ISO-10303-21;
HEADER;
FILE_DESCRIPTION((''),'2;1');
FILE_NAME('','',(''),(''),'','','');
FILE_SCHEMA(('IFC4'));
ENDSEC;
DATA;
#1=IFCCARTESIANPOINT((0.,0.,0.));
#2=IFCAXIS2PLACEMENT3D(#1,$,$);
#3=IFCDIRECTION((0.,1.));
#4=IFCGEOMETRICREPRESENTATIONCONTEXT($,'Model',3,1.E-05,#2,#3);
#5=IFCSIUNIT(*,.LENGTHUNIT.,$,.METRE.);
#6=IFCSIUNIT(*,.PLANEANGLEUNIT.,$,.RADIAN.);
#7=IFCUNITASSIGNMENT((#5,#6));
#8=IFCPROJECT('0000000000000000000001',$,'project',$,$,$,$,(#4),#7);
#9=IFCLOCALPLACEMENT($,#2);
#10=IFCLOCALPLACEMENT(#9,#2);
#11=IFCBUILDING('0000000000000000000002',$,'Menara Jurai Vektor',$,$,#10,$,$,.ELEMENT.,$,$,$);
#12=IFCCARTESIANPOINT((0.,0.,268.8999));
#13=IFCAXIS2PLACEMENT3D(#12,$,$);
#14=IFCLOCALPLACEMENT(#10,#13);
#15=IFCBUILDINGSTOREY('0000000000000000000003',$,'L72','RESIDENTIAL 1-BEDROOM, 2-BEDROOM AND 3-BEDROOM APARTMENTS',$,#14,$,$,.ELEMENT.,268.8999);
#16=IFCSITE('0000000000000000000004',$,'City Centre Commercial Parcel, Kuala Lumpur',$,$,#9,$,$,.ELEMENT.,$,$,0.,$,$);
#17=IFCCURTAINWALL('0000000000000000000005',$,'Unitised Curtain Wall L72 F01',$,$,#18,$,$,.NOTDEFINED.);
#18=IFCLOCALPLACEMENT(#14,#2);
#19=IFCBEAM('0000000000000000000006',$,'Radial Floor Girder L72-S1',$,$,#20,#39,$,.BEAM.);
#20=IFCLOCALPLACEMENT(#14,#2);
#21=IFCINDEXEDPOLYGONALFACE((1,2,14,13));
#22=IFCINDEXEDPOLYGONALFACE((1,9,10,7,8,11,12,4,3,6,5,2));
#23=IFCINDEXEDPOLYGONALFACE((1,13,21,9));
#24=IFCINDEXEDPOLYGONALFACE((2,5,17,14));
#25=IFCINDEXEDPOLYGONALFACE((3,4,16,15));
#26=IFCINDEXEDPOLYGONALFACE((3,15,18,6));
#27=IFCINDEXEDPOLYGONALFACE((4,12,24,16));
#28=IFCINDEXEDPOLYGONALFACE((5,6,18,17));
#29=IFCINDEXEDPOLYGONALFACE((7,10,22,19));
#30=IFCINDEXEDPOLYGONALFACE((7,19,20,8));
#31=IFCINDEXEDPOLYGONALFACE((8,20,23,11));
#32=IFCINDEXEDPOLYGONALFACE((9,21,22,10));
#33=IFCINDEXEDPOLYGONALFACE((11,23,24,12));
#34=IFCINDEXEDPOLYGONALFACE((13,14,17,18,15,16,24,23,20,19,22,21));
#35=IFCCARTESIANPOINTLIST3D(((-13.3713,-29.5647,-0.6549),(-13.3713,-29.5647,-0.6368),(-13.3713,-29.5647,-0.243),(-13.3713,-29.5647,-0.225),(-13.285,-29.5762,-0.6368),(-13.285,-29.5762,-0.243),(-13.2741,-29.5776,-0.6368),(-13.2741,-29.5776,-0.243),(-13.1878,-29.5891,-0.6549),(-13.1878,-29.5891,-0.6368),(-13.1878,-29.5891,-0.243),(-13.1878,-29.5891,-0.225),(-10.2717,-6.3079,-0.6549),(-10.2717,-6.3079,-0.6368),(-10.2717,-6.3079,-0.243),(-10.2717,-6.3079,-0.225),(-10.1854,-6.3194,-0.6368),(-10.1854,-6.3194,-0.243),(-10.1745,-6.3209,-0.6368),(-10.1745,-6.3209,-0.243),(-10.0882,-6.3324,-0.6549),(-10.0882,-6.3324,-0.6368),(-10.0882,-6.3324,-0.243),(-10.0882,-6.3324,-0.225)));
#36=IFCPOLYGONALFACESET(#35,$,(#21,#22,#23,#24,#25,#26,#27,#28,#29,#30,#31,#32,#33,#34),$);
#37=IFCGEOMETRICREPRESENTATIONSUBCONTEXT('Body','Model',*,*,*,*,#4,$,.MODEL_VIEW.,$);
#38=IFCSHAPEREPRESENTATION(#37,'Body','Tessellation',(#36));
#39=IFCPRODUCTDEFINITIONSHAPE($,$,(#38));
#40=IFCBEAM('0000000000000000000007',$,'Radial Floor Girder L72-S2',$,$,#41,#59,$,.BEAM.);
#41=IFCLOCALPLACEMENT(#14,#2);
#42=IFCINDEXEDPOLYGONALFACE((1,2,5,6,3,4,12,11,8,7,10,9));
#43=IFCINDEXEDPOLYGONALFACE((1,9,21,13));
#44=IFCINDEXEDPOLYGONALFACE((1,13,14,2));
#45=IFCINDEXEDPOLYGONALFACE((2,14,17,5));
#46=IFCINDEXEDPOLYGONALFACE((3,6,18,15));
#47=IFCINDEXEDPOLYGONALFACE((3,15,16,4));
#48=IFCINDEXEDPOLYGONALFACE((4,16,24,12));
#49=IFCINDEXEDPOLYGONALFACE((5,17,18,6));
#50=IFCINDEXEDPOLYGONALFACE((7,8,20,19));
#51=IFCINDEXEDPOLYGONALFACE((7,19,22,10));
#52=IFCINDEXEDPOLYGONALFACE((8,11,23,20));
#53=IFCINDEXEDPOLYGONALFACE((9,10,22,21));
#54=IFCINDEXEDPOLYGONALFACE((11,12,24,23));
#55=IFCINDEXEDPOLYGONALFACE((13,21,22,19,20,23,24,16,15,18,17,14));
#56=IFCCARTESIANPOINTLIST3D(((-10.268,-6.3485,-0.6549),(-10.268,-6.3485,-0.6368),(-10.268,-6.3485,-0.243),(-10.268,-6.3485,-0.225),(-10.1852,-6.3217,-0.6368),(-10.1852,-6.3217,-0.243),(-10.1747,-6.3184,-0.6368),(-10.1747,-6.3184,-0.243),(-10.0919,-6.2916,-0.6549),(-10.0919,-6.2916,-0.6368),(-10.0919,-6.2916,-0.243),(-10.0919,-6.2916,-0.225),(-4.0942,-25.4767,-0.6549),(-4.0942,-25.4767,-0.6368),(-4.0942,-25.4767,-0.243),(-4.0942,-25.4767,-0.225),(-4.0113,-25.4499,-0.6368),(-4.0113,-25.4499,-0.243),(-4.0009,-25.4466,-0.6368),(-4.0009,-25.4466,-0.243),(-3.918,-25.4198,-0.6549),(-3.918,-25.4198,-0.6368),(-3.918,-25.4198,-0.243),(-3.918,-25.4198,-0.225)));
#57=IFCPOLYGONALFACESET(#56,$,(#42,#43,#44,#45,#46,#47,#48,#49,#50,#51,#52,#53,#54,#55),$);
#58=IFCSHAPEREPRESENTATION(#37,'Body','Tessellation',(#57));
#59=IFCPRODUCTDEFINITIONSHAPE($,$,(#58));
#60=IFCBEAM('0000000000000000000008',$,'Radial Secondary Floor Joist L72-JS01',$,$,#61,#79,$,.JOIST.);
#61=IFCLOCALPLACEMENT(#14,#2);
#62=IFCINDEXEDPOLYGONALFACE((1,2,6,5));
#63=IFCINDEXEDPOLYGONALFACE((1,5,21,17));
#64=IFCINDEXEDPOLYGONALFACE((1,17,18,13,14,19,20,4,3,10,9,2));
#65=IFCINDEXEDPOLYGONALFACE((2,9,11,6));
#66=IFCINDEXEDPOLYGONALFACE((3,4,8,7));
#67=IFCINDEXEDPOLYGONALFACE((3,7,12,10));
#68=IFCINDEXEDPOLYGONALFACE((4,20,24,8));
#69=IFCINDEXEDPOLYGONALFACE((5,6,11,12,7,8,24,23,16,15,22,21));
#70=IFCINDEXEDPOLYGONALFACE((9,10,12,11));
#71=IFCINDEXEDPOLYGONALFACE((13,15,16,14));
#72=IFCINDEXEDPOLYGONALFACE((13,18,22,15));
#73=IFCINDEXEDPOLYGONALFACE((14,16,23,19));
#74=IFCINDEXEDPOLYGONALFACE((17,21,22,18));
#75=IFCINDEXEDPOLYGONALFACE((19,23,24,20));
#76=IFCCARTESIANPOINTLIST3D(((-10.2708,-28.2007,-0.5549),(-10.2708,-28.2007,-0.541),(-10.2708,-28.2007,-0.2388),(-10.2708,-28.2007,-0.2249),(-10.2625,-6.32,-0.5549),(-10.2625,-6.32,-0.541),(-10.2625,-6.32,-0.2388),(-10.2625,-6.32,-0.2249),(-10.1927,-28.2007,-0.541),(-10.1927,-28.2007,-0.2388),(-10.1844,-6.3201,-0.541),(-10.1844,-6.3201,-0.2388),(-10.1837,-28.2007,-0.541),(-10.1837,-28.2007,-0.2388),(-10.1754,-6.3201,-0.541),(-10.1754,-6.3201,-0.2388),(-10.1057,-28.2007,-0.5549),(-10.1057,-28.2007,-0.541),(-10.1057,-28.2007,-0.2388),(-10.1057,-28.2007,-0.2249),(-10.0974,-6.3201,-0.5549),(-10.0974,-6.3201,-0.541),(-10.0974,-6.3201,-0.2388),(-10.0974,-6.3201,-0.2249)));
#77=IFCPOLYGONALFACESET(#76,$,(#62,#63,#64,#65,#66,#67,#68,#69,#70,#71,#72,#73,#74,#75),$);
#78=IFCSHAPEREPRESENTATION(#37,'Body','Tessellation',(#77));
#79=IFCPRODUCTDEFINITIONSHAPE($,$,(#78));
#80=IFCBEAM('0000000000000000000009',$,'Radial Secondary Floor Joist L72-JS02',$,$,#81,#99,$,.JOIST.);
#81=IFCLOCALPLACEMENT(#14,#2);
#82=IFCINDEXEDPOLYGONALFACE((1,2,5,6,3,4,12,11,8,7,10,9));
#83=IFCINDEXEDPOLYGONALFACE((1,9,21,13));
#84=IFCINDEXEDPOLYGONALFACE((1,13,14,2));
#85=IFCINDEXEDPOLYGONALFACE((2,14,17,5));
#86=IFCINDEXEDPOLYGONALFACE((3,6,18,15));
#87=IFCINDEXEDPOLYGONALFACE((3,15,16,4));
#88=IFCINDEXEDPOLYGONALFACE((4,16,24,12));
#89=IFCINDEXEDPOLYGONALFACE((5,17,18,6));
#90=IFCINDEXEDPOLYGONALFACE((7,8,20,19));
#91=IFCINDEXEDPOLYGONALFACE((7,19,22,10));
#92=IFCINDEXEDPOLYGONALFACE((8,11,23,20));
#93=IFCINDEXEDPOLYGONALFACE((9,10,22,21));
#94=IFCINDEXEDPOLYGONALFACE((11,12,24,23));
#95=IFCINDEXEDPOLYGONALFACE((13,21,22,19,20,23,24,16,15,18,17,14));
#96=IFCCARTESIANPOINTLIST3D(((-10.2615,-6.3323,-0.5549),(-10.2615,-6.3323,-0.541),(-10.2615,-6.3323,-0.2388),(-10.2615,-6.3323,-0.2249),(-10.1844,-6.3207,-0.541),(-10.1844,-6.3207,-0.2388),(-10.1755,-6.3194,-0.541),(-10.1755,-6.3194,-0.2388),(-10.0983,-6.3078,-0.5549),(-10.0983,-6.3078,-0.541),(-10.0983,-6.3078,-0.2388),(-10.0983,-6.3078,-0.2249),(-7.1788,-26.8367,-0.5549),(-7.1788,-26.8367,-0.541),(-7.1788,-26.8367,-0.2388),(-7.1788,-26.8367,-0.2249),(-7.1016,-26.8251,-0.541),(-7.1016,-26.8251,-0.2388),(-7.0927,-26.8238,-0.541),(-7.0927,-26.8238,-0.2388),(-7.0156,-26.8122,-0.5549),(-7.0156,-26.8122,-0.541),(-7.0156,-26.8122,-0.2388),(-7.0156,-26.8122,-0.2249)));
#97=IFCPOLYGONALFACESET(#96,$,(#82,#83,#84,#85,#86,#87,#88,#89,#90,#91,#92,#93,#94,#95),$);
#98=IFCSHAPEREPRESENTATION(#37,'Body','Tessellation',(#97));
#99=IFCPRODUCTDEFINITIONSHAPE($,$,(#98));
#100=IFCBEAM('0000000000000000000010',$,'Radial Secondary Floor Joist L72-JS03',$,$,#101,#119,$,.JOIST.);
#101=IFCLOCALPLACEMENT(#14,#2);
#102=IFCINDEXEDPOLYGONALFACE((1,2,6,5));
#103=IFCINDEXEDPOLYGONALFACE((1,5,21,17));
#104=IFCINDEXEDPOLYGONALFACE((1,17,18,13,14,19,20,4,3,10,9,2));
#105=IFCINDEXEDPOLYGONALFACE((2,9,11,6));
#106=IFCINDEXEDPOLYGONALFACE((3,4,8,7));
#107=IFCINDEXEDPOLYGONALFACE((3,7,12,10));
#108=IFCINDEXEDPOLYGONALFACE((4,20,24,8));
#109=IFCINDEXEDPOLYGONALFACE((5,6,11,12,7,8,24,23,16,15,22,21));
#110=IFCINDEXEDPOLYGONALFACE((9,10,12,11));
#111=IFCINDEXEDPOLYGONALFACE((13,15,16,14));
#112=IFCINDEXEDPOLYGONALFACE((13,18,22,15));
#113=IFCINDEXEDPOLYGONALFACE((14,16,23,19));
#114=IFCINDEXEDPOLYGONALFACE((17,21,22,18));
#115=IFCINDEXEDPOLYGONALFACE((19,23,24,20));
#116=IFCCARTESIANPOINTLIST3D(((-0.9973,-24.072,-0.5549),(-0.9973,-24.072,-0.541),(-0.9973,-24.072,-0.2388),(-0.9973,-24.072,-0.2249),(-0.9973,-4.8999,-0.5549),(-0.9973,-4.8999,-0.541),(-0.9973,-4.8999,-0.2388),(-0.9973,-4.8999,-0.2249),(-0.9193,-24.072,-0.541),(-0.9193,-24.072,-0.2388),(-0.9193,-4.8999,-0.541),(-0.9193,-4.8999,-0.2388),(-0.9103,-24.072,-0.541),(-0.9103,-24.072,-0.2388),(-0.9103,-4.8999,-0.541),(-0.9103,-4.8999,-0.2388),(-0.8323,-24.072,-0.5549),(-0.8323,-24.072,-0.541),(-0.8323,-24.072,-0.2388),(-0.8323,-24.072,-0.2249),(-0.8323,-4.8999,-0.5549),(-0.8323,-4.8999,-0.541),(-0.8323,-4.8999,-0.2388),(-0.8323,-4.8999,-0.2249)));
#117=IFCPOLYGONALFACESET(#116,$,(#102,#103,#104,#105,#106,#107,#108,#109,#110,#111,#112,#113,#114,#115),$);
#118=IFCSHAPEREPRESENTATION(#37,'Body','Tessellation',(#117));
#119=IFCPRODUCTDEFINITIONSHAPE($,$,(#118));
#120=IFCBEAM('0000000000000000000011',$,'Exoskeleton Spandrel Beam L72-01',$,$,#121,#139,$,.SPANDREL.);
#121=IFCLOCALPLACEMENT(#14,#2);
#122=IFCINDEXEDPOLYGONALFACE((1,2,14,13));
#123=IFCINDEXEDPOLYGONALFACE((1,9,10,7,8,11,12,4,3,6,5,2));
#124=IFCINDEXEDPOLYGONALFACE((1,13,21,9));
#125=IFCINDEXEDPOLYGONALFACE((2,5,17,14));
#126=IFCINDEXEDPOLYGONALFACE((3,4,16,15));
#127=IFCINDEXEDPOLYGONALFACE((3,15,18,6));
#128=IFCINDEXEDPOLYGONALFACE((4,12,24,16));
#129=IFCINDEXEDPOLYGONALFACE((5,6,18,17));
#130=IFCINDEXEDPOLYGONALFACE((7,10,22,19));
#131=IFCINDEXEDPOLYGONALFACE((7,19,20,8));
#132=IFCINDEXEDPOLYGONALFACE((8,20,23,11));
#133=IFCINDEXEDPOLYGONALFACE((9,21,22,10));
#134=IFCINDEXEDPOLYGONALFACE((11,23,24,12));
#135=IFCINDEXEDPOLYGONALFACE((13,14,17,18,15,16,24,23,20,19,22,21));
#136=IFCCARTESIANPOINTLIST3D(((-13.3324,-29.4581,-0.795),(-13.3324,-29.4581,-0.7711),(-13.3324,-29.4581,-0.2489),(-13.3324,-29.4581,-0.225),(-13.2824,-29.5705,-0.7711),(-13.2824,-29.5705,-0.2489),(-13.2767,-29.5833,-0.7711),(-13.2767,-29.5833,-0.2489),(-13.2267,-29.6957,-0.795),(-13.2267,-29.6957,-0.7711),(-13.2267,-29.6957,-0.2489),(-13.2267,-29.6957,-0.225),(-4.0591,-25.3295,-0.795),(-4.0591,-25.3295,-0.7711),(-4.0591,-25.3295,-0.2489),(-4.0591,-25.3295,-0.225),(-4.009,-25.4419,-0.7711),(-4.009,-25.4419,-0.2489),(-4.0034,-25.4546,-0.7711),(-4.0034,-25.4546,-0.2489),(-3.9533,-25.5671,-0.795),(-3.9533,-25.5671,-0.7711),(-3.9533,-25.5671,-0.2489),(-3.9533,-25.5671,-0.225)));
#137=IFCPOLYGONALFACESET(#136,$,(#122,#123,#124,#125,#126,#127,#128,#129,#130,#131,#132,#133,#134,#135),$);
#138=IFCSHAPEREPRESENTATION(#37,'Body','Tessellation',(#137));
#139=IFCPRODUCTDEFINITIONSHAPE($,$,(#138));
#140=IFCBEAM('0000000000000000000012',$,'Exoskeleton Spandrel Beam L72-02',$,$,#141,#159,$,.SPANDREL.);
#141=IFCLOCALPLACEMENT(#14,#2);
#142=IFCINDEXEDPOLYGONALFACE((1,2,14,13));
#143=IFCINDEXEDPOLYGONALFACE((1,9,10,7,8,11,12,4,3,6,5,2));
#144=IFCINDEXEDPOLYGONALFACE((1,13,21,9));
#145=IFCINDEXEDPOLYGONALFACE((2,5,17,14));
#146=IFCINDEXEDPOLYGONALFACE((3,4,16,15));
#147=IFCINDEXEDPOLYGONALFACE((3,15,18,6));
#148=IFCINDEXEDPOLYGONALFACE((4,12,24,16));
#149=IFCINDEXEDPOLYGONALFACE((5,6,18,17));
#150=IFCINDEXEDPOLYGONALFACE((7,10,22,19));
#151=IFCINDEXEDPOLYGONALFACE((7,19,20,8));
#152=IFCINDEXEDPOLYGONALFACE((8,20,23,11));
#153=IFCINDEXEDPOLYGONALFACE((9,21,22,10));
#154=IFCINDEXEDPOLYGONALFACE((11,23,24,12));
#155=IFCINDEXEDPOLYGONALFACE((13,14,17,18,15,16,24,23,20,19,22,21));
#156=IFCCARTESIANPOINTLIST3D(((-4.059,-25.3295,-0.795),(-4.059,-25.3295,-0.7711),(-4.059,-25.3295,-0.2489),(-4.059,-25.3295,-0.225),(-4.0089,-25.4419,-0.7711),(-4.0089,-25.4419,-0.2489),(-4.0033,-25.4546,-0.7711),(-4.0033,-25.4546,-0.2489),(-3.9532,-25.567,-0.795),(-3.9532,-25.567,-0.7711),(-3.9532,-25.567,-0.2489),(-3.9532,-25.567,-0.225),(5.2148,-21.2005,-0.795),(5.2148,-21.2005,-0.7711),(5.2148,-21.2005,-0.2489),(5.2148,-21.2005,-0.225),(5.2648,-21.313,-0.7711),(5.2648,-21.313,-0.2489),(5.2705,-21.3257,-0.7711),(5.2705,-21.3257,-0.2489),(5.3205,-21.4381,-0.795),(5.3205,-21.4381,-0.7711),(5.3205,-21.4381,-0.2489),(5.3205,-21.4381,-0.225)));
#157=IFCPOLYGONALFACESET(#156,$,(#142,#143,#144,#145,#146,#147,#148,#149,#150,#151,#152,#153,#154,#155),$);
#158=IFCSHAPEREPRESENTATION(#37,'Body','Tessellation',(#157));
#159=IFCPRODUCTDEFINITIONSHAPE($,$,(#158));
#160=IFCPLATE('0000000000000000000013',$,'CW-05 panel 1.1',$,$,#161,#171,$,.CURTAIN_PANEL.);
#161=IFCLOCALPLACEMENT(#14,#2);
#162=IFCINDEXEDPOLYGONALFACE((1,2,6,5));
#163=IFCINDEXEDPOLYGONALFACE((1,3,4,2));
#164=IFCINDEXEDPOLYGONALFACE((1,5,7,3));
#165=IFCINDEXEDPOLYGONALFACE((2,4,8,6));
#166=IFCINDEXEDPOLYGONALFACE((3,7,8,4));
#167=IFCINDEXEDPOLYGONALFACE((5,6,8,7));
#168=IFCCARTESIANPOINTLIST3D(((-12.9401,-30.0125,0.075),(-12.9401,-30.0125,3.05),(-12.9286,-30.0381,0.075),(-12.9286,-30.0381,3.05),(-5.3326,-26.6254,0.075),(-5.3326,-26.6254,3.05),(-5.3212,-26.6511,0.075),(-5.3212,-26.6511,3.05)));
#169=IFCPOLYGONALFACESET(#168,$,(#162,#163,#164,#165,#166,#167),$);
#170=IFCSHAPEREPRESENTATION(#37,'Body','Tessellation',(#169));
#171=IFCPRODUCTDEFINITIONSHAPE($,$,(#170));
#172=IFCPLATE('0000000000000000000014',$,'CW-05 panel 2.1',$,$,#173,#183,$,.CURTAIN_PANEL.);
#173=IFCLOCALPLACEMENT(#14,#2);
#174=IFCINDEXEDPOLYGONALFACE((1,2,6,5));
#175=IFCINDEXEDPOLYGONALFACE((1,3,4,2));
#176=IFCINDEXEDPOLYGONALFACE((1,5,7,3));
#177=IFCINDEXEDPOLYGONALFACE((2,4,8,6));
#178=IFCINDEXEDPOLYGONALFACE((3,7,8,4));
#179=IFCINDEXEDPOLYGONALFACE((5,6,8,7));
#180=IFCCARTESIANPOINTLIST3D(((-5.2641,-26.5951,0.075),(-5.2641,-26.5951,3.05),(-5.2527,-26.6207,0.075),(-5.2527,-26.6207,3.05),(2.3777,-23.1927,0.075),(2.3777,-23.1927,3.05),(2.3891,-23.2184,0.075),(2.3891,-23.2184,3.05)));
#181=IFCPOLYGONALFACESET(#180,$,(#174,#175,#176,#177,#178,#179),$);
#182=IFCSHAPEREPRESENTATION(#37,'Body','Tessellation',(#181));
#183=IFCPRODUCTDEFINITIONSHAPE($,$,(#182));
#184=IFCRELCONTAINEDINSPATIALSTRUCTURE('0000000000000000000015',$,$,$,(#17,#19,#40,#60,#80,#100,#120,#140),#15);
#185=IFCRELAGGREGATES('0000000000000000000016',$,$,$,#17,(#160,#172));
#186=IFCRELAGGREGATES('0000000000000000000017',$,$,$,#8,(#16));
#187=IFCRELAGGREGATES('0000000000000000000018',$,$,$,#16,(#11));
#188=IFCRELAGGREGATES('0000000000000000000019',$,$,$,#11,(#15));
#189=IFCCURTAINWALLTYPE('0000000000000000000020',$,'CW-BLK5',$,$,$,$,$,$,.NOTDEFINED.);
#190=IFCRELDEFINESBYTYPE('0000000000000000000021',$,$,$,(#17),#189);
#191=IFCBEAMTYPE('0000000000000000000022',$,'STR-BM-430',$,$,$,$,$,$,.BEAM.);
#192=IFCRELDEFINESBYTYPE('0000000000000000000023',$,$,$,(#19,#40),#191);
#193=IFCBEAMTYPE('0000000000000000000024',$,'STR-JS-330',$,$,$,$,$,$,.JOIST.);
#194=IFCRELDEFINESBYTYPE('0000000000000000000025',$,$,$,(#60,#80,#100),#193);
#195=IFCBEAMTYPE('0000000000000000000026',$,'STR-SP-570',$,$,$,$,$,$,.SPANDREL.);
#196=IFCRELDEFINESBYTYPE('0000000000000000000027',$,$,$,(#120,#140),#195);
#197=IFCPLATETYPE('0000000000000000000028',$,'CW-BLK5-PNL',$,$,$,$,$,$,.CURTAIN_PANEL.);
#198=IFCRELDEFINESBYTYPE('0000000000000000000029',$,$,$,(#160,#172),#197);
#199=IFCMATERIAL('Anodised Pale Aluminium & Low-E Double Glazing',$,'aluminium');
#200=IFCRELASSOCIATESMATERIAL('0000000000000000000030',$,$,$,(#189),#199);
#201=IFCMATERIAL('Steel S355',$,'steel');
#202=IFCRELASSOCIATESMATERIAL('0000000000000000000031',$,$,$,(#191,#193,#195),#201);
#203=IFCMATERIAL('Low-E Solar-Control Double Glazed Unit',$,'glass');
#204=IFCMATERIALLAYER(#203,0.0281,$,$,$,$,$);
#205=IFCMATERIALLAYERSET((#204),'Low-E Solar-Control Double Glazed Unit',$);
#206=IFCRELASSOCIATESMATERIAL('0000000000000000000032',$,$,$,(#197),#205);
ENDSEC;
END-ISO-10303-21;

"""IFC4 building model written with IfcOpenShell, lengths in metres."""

from ifc_helpers import new_model, si_unit, direction, frame, origin, origin_2d, place, context, subcontext, project, spatial, rectangle, i_section, extrude, material, layer, layer_set, material_profile, profile_set, type_object, element, aggregate, save


model = new_model("IFC4")

# Units and contexts
model_context = context("Model", 3, precision=1e-05, world=origin(), true_north=direction((0.0, 1.0)))
body_context = subcontext(model_context, "Body", "Model", "MODEL_VIEW")
ifc_project = project(units=[si_unit("LENGTHUNIT", "METRE"), si_unit("PLANEANGLEUNIT", "RADIAN")], contexts=[model_context])

# Site, building, storey
site_placement = place(None, origin())
site = spatial("IfcSite", under=ifc_project, at=site_placement, Name="City Centre Commercial Parcel, Kuala Lumpur", CompositionType="ELEMENT", RefElevation=0.0)
building_placement = place(site_placement, origin())
building = spatial("IfcBuilding", under=site, at=building_placement, Name="Menara Jurai Vektor", CompositionType="ELEMENT")
storey_placement = place(building_placement, frame((0.0, 0.0, 268.8999)))
storey = spatial("IfcBuildingStorey", under=building, at=storey_placement, Name="L72", Description="RESIDENTIAL 1-BEDROOM, 2-BEDROOM AND 3-BEDROOM APARTMENTS", CompositionType="ELEMENT", Elevation=268.8999)

# Curtain wall
ifc_material_1 = material(Name="Anodised Pale Aluminium & Low-E Double Glazing", Category="aluminium")
curtain_wall_type = type_object("IfcCurtainWallType", Name="CW-BLK5", PredefinedType="NOTDEFINED", material=ifc_material_1)
curtain_wall_1_placement = place(storey_placement, origin())
curtain_wall_1 = element("IfcCurtainWall", 1, at=curtain_wall_1_placement, inside=storey, type_object=curtain_wall_type, Name="Unitised Curtain Wall L72 F01", PredefinedType="NOTDEFINED")

# Beams
ifc_material_2 = material(Name="Steel S355", Category="steel")
ifc_material_profile_1 = material_profile(ifc_material_2, i_section(OverallWidth=0.1851, OverallDepth=0.4299, WebThickness=0.011, FlangeThickness=0.0181, at=origin_2d()), Name="PG 430x185x76")
ifc_profile_set_1 = profile_set([ifc_material_profile_1], Name="Steel S355")
beam_type_1 = type_object("IfcBeamType", Name="STR-BM-430", PredefinedType="BEAM", material=ifc_profile_set_1)
beam_1_placement = place(storey_placement, frame((-13.2795, -29.5769, -0.4399), z_axis=(0.132109, 0.991235, 0.0), x_axis=(-0.991235, 0.132109, 0.0)))
element("IfcBeam", 2, at=beam_1_placement, inside=storey, type_object=beam_type_1, Name="Radial Floor Girder L72-S1", PredefinedType="BEAM", context=body_context, shape_type="SweptSolid", body=[
    extrude(i_section(OverallWidth=0.1851, OverallDepth=0.4299, WebThickness=0.011, FlangeThickness=0.0181, at=origin_2d()), origin(), (0.0, 0.0, 1.0), 23.4624),
])
beam_2_placement = place(storey_placement, frame((-4.0061, -25.4482, -0.4399), z_axis=(-0.307158, 0.951658, 0.0), x_axis=(-0.951658, -0.307158, 0.0)))
element("IfcBeam", 3, at=beam_2_placement, inside=storey, type_object=beam_type_1, Name="Radial Floor Girder L72-S2", PredefinedType="BEAM", context=body_context, shape_type="SweptSolid", body=[
    extrude(i_section(OverallWidth=0.1851, OverallDepth=0.4299, WebThickness=0.011, FlangeThickness=0.0181, at=origin_2d()), origin(), (0.0, 0.0, 1.0), 20.0999),
])
ifc_material_profile_2 = material_profile(ifc_material_2, i_section(OverallWidth=0.165, OverallDepth=0.3301, WebThickness=0.009, FlangeThickness=0.0139, at=origin_2d()), Name="PG 330x165x46")
ifc_profile_set_2 = profile_set([ifc_material_profile_2], Name="Steel S355")
beam_type_2 = type_object("IfcBeamType", Name="STR-JS-330", PredefinedType="JOIST", material=ifc_profile_set_2)
beam_3_placement = place(storey_placement, frame((-10.1882, -28.2007, -0.3899), z_axis=(0.000379, 1.0, 0.0), x_axis=(-1.0, 0.000379, 0.0)))
element("IfcBeam", 4, at=beam_3_placement, inside=storey, type_object=beam_type_2, Name="Radial Secondary Floor Joist L72-JS01", PredefinedType="JOIST", context=body_context, shape_type="SweptSolid", body=[
    extrude(i_section(OverallWidth=0.165, OverallDepth=0.3301, WebThickness=0.009, FlangeThickness=0.0139, at=origin_2d()), origin(), (0.0, 0.0, 1.0), 21.8806),
])
beam_4_placement = place(storey_placement, frame((-7.0972, -26.8245, -0.3899), z_axis=(-0.148676, 0.988886, 0.0), x_axis=(-0.988886, -0.148676, 0.0)))
element("IfcBeam", 5, at=beam_4_placement, inside=storey, type_object=beam_type_2, Name="Radial Secondary Floor Joist L72-JS02", PredefinedType="JOIST", context=body_context, shape_type="SweptSolid", body=[
    extrude(i_section(OverallWidth=0.165, OverallDepth=0.3301, WebThickness=0.009, FlangeThickness=0.0139, at=origin_2d()), origin(), (0.0, 0.0, 1.0), 20.7349),
])
beam_5_placement = place(storey_placement, frame((-0.9148, -24.072, -0.3899), z_axis=(0.0, 1.0, 0.0), x_axis=(-1.0, 0.0, 0.0)))
element("IfcBeam", 6, at=beam_5_placement, inside=storey, type_object=beam_type_2, Name="Radial Secondary Floor Joist L72-JS03", PredefinedType="JOIST", context=body_context, shape_type="SweptSolid", body=[
    extrude(i_section(OverallWidth=0.165, OverallDepth=0.3301, WebThickness=0.009, FlangeThickness=0.0139, at=origin_2d()), origin(), (0.0, 0.0, 1.0), 19.1721),
])
ifc_material_profile_3 = material_profile(ifc_material_2, i_section(OverallWidth=0.26, OverallDepth=0.5701, WebThickness=0.0139, FlangeThickness=0.0239, at=origin_2d()), Name="PG 570x260x145")
ifc_profile_set_3 = profile_set([ifc_material_profile_3], Name="Steel S355")
beam_type_3 = type_object("IfcBeamType", Name="STR-SP-570", PredefinedType="SPANDREL", material=ifc_profile_set_3)
beam_6_placement = place(storey_placement, frame((-13.2795, -29.5769, -0.51), z_axis=(0.913551, 0.406725, 0.0), x_axis=(-0.406725, 0.913551, 0.0)))
element("IfcBeam", 7, at=beam_6_placement, inside=storey, type_object=beam_type_3, Name="Exoskeleton Spandrel Beam L72-01", PredefinedType="SPANDREL", context=body_context, shape_type="SweptSolid", body=[
    extrude(i_section(OverallWidth=0.26, OverallDepth=0.5701, WebThickness=0.0139, FlangeThickness=0.0239, at=origin_2d()), origin(), (0.0, 0.0, 1.0), 10.1509),
])
beam_7_placement = place(storey_placement, frame((-4.0061, -25.4482, -0.51), z_axis=(0.913546, 0.406736, 0.0), x_axis=(-0.406736, 0.913546, 0.0)))
element("IfcBeam", 8, at=beam_7_placement, inside=storey, type_object=beam_type_3, Name="Exoskeleton Spandrel Beam L72-02", PredefinedType="SPANDREL", context=body_context, shape_type="SweptSolid", body=[
    extrude(i_section(OverallWidth=0.26, OverallDepth=0.5701, WebThickness=0.0139, FlangeThickness=0.0239, at=origin_2d()), origin(), (0.0, 0.0, 1.0), 10.1514),
])

# Plates
ifc_material_3 = material(Name="Low-E Solar-Control Double Glazed Unit", Category="glass")
ifc_layer_1 = layer(ifc_material_3, 0.0281)
ifc_layer_set_1 = layer_set([ifc_layer_1], Name="Low-E Solar-Control Double Glazed Unit")
plate_type_1 = type_object("IfcPlateType", Name="CW-BLK5-PNL", PredefinedType="CURTAIN_PANEL", material=ifc_layer_set_1)
plate_1_placement = place(storey_placement, frame((-9.1306, -28.3318, 0.075), z_axis=(0.0, 0.0, 1.0), x_axis=(0.913546, 0.406735, 0.0)))
plate_1 = element("IfcPlate", 9, at=plate_1_placement, type_object=plate_type_1, Name="CW-05 panel 1.1", PredefinedType="CURTAIN_PANEL", context=body_context, shape_type="SweptSolid", body=[
    extrude(rectangle(XDim=8.3274, YDim=0.0281, at=origin_2d()), origin(), (0.0, 0.0, 1.0), 2.9751),
])
plate_2_placement = place(storey_placement, frame((-1.4375, -24.9067, 0.075), z_axis=(0.0, 0.0, 1.0), x_axis=(0.913546, 0.406735, 0.0)))
plate_2 = element("IfcPlate", 10, at=plate_2_placement, type_object=plate_type_1, Name="CW-05 panel 2.1", PredefinedType="CURTAIN_PANEL", context=body_context, shape_type="SweptSolid", body=[
    extrude(rectangle(XDim=8.365, YDim=0.0281, at=origin_2d()), origin(), (0.0, 0.0, 1.0), 2.9751),
])
aggregate(curtain_wall_1, [plate_1, plate_2])

save(model, "model.ifc")
